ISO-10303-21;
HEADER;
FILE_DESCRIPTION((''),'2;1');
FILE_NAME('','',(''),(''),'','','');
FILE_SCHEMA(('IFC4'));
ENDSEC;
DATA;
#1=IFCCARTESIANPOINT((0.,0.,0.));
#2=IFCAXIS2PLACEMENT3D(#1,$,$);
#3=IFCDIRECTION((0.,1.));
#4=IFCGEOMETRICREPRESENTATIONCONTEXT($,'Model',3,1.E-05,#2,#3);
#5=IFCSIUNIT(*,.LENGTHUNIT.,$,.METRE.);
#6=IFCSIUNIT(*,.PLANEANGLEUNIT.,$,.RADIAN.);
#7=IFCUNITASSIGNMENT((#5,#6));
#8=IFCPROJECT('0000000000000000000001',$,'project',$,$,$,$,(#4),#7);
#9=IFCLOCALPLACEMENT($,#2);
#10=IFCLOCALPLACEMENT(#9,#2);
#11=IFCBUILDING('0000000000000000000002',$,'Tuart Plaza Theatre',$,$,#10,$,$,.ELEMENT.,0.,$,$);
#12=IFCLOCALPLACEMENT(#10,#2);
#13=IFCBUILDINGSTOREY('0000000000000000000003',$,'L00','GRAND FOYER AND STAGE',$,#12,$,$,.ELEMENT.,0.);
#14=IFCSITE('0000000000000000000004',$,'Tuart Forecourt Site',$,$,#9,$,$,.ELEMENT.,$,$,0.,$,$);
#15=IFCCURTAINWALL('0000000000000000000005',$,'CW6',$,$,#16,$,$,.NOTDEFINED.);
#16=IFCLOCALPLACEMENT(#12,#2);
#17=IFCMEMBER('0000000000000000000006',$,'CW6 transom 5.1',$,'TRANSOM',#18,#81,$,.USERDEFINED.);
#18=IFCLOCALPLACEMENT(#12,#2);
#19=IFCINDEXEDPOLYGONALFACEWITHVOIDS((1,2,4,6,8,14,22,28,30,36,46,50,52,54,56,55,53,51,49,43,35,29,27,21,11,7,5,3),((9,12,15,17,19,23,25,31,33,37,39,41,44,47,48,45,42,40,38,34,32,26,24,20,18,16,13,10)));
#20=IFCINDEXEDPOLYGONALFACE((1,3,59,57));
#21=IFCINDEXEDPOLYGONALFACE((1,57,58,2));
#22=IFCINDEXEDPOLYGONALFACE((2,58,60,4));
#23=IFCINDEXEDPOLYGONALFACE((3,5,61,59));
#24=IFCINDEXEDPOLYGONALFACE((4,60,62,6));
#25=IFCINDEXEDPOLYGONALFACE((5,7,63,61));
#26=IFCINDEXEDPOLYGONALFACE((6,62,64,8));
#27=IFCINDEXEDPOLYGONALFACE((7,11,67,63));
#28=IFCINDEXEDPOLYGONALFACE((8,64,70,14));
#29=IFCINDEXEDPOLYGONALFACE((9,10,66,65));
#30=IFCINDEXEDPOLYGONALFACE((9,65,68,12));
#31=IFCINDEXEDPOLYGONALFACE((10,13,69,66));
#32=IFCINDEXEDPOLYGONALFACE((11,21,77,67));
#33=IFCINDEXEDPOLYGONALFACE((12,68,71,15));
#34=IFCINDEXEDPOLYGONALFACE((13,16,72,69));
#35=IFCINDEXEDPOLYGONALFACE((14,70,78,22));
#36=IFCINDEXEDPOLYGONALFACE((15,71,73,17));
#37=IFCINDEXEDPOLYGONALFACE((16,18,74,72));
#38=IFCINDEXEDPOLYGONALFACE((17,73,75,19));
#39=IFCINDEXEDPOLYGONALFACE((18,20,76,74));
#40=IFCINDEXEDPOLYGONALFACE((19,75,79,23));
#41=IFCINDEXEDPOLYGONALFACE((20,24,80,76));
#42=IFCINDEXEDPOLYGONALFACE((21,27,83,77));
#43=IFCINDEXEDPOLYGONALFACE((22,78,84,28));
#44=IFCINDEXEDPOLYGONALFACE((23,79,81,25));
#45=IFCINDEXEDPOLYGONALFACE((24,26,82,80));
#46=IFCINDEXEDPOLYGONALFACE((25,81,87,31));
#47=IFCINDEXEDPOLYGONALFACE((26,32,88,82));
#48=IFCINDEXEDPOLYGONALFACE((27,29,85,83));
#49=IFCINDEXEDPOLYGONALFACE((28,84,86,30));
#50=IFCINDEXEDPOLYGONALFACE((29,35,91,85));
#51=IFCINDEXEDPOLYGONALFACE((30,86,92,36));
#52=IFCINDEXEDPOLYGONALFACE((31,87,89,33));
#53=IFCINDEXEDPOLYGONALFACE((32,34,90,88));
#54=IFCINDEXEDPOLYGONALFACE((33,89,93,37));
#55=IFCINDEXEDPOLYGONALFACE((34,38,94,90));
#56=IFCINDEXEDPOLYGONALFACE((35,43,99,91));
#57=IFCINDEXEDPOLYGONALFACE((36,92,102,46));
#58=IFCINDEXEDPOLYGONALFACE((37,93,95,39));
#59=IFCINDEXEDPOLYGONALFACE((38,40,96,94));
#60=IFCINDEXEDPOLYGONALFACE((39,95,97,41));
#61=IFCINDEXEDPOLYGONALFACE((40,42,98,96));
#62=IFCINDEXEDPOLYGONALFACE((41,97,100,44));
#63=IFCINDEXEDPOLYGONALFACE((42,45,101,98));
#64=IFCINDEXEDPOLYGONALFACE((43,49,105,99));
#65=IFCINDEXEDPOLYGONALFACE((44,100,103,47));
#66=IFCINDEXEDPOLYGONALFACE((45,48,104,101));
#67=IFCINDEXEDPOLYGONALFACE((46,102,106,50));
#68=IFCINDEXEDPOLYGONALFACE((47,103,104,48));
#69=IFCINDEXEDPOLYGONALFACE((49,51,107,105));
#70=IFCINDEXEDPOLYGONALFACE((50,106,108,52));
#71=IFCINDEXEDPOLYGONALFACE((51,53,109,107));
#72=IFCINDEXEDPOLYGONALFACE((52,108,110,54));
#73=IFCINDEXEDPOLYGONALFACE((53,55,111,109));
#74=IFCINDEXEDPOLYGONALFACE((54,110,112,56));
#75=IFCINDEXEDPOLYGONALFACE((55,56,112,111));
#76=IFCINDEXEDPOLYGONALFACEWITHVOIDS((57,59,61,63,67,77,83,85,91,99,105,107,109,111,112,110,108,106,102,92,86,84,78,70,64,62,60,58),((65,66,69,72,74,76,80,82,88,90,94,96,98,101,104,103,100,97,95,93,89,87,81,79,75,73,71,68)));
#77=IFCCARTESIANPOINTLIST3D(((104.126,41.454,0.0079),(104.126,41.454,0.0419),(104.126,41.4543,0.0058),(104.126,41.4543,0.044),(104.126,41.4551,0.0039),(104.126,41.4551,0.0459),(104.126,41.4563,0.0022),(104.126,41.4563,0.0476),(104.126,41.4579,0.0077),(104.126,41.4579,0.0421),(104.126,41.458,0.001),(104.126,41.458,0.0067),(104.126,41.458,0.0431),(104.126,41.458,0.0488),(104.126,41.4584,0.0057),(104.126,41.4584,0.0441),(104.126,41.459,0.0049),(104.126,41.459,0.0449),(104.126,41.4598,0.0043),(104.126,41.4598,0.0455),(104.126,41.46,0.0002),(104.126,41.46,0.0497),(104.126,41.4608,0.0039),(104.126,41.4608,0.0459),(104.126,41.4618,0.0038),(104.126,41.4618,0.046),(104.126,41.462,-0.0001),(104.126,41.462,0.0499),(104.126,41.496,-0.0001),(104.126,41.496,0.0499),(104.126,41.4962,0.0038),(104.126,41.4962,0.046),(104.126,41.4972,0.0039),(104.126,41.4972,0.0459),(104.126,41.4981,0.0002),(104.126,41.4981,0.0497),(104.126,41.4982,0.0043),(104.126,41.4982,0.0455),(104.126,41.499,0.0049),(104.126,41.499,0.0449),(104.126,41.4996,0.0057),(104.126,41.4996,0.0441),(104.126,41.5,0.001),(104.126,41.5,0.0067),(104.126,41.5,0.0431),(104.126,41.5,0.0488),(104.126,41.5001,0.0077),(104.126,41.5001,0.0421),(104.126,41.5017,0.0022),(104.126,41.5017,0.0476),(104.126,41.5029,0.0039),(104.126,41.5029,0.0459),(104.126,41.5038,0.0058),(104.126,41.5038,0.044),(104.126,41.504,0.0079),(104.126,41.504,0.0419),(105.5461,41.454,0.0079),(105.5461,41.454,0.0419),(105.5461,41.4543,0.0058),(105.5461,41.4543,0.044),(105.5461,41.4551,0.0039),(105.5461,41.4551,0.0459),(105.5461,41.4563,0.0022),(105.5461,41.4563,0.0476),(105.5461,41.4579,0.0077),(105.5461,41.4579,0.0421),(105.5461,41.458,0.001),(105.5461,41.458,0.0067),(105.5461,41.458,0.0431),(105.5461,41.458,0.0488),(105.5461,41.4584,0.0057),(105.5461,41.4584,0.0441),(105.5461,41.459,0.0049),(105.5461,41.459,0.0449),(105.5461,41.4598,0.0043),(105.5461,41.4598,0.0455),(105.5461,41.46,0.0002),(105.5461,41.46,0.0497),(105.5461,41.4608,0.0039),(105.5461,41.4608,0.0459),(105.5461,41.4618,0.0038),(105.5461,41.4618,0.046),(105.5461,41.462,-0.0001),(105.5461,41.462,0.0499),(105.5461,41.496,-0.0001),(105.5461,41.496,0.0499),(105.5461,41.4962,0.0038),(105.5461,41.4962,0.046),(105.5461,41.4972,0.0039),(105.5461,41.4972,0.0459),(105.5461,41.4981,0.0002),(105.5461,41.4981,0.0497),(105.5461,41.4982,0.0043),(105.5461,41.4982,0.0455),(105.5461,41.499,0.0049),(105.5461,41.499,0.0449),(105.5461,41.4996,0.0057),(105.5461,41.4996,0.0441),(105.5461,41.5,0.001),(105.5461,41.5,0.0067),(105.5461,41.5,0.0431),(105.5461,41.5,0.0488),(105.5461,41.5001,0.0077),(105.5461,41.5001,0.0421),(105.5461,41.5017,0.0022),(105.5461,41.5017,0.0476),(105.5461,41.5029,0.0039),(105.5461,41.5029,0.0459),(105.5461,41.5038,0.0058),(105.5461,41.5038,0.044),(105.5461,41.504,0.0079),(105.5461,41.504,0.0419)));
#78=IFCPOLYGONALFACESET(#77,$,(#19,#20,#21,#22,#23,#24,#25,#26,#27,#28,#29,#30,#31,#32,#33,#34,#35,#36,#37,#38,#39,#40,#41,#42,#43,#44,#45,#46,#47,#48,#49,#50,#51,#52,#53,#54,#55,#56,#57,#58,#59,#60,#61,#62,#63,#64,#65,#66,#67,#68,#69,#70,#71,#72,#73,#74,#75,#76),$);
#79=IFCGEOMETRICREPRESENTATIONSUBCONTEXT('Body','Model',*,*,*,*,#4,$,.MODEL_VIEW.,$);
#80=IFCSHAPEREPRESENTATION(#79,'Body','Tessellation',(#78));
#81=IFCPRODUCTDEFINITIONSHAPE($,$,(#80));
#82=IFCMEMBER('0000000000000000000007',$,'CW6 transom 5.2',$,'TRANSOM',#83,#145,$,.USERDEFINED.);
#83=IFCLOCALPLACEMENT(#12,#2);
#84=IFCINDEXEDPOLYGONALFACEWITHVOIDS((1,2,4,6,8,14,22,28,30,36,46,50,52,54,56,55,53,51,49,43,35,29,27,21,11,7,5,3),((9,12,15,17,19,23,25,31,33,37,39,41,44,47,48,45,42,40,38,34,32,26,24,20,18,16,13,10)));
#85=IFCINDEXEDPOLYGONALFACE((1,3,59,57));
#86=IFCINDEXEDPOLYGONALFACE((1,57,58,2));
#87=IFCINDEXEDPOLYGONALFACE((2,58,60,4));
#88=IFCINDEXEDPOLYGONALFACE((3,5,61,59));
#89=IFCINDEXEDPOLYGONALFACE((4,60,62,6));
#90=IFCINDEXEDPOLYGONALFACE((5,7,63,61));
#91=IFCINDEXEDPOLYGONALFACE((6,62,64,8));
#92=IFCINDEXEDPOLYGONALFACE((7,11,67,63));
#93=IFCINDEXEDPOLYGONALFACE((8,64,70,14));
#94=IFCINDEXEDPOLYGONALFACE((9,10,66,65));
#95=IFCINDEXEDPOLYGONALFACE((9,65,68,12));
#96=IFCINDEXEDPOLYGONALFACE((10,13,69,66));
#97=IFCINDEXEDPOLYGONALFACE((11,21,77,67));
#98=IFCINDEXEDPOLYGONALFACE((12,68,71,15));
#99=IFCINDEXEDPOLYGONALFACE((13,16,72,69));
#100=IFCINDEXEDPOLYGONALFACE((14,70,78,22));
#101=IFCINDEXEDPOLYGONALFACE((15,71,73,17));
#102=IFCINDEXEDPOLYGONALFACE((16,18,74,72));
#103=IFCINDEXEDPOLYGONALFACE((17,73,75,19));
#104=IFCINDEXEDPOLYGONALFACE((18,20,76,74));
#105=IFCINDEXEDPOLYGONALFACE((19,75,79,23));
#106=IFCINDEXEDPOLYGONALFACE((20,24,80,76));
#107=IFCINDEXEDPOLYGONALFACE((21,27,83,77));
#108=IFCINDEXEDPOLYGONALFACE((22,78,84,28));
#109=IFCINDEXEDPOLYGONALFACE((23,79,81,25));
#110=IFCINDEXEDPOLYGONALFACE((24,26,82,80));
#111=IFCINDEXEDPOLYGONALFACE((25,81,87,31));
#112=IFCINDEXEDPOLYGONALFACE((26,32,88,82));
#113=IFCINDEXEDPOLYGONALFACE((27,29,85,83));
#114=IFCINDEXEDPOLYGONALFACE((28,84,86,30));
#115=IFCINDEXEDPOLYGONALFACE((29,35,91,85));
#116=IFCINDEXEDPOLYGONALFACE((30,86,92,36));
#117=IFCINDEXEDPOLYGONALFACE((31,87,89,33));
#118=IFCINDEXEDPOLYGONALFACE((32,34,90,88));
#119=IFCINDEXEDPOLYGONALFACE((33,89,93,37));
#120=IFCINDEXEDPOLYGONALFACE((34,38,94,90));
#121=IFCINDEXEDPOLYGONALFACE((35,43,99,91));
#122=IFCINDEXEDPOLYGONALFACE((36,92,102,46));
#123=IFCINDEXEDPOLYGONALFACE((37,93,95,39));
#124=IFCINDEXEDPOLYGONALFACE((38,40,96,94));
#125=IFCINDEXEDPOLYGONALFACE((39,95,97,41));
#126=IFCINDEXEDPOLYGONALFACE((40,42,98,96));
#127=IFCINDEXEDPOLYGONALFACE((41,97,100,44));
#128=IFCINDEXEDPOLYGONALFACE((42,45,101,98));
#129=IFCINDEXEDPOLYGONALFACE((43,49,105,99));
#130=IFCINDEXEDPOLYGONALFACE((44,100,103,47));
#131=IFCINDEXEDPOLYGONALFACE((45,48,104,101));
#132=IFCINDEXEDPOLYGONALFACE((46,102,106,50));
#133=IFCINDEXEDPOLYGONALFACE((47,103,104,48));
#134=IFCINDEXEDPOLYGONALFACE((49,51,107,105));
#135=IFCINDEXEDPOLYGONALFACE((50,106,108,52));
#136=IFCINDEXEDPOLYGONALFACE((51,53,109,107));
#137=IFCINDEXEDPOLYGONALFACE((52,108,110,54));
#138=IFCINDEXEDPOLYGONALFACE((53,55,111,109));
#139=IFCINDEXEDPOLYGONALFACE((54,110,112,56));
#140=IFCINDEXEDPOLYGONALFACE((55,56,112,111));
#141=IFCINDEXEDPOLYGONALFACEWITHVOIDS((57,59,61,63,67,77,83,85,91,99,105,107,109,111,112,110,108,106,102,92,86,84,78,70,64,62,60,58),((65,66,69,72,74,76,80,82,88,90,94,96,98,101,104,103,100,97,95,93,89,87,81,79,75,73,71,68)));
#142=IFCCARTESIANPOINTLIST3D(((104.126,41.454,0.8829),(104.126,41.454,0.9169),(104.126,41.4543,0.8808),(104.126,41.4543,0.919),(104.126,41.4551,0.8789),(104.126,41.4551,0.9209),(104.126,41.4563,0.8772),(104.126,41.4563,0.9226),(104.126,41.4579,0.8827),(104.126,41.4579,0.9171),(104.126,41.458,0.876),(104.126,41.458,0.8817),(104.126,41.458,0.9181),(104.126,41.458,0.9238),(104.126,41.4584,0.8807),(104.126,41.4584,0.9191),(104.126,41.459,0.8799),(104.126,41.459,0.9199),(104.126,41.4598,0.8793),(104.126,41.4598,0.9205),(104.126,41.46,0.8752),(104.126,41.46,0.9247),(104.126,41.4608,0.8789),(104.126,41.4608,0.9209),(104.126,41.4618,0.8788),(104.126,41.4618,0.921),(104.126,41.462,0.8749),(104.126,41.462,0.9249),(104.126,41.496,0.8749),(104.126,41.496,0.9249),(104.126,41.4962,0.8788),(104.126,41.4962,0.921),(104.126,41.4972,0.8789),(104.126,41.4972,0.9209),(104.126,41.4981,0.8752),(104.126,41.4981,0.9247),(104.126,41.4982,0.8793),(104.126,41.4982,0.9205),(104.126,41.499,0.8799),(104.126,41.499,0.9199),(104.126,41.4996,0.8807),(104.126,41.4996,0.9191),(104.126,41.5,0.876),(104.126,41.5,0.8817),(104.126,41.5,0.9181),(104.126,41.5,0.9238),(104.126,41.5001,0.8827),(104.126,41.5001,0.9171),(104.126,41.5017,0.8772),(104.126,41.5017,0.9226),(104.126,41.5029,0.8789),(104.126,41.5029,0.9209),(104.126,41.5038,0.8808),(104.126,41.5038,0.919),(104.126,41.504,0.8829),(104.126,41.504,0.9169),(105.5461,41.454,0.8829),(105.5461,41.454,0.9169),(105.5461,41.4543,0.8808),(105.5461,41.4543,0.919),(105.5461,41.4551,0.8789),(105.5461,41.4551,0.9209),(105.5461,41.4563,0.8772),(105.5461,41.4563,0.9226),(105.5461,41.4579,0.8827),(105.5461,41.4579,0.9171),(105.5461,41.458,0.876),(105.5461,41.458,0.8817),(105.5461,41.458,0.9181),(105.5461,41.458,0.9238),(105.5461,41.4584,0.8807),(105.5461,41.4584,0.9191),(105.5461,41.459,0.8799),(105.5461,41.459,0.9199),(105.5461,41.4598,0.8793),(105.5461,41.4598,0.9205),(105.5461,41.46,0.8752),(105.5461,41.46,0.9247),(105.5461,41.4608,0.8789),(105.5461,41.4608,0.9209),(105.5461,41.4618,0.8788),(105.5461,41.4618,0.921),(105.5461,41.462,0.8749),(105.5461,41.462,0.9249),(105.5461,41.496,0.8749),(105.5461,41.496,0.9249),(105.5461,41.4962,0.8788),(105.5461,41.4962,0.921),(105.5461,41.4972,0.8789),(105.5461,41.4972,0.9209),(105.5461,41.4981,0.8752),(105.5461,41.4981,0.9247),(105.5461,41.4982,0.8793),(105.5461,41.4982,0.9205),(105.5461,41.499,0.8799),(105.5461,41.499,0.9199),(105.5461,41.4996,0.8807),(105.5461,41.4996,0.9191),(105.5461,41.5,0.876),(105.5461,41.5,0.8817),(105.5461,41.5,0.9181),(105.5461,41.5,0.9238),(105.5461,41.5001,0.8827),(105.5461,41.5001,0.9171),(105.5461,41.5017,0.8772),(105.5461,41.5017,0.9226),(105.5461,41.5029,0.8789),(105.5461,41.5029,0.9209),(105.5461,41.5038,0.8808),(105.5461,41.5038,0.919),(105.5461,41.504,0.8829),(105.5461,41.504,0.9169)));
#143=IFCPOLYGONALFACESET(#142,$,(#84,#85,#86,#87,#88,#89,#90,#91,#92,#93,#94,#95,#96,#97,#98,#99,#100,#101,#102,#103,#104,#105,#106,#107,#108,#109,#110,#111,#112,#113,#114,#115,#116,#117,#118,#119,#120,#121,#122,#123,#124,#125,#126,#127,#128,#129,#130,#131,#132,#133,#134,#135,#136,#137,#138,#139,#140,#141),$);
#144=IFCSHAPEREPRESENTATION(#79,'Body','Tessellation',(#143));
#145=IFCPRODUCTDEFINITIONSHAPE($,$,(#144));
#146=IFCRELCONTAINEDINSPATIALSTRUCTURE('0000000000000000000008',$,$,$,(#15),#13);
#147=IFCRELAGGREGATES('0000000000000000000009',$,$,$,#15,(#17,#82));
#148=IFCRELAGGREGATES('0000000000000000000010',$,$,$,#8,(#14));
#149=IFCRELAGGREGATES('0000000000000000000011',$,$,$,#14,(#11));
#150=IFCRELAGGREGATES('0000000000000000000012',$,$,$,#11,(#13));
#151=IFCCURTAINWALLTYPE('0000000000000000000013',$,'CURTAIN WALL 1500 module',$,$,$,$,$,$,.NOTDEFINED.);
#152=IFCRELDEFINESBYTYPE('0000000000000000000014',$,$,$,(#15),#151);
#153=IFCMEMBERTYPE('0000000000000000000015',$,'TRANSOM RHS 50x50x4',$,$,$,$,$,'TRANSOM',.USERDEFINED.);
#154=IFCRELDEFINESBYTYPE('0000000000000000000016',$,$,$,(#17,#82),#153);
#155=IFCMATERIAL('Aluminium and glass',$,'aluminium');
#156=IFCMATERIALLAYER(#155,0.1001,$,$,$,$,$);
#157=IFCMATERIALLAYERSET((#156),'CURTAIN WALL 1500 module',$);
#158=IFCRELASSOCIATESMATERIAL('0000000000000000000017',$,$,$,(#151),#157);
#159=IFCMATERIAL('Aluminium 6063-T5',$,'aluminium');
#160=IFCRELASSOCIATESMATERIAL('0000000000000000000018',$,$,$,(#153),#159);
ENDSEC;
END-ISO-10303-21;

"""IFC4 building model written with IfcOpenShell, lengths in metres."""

from ifc_helpers import new_model, si_unit, direction, frame, origin, origin_2d, place, context, subcontext, project, spatial, hollow_rectangle, extrude, material, layer, layer_set, material_profile, profile_set, type_object, element, aggregate, save


model = new_model("IFC4")

# Units and contexts
model_context = context("Model", 3, precision=1e-05, world=origin(), true_north=direction((0.0, 1.0)))
body_context = subcontext(model_context, "Body", "Model", "MODEL_VIEW")
ifc_project = project(units=[si_unit("LENGTHUNIT", "METRE"), si_unit("PLANEANGLEUNIT", "RADIAN")], contexts=[model_context])

# Site, building, storey
site_placement = place(None, origin())
site = spatial("IfcSite", under=ifc_project, at=site_placement, Name="Tuart Forecourt Site", CompositionType="ELEMENT", RefElevation=0.0)
building_placement = place(site_placement, origin())
building = spatial("IfcBuilding", under=site, at=building_placement, Name="Tuart Plaza Theatre", CompositionType="ELEMENT", ElevationOfRefHeight=0.0)
storey_placement = place(building_placement, origin())
storey = spatial("IfcBuildingStorey", under=building, at=storey_placement, Name="L00", Description="GRAND FOYER AND STAGE", CompositionType="ELEMENT", Elevation=0.0)

# Curtain wall
ifc_material_1 = material(Name="Aluminium and glass", Category="aluminium")
ifc_layer_1 = layer(ifc_material_1, 0.1001)
ifc_layer_set_1 = layer_set([ifc_layer_1], Name="CURTAIN WALL 1500 module")
curtain_wall_type = type_object("IfcCurtainWallType", Name="CURTAIN WALL 1500 module", PredefinedType="NOTDEFINED", material=ifc_layer_set_1)
curtain_wall_1_placement = place(storey_placement, origin())
curtain_wall_1 = element("IfcCurtainWall", 1, at=curtain_wall_1_placement, inside=storey, type_object=curtain_wall_type, Name="CW6", PredefinedType="NOTDEFINED")

# Shared definitions
ifc_material_2 = material(Name="Aluminium 6063-T5", Category="aluminium")
ifc_material_profile_1 = material_profile(ifc_material_2, hollow_rectangle(XDim=0.05, YDim=0.05, WallThickness=0.0039, InnerFilletRadius=0.0039, OuterFilletRadius=0.0081, at=origin_2d()), Name="RHS 50x50x4")
ifc_profile_set_1 = profile_set([ifc_material_profile_1], Name="Aluminium 6063-T5")
member_type_1 = type_object("IfcMemberType", Name="TRANSOM RHS 50x50x4", ElementType="TRANSOM", PredefinedType="USERDEFINED", material=ifc_profile_set_1)

# Members
member_1_placement = place(storey_placement, frame((104.126, 41.479, 0.0249), z_axis=(1.0, 0.0, 0.0), x_axis=(0.0, 1.0, 0.0)))
member_1 = element("IfcMember", 2, at=member_1_placement, type_object=member_type_1, Name="CW6 transom 5.1", ObjectType="TRANSOM", PredefinedType="USERDEFINED", context=body_context, shape_type="SweptSolid", body=[
    extrude(hollow_rectangle(XDim=0.05, YDim=0.05, WallThickness=0.0039, InnerFilletRadius=0.0039, OuterFilletRadius=0.0081, at=origin_2d()), origin(), (0.0, 0.0, 1.0), 1.4202),
])
member_2_placement = place(storey_placement, frame((104.126, 41.479, 0.8999), z_axis=(1.0, 0.0, 0.0), x_axis=(0.0, 1.0, 0.0)))
member_2 = element("IfcMember", 3, at=member_2_placement, type_object=member_type_1, Name="CW6 transom 5.2", ObjectType="TRANSOM", PredefinedType="USERDEFINED", context=body_context, shape_type="SweptSolid", body=[
    extrude(hollow_rectangle(XDim=0.05, YDim=0.05, WallThickness=0.0039, InnerFilletRadius=0.0039, OuterFilletRadius=0.0081, at=origin_2d()), origin(), (0.0, 0.0, 1.0), 1.4202),
])

aggregate(curtain_wall_1, [member_1, member_2])

save(model, "model.ifc")
